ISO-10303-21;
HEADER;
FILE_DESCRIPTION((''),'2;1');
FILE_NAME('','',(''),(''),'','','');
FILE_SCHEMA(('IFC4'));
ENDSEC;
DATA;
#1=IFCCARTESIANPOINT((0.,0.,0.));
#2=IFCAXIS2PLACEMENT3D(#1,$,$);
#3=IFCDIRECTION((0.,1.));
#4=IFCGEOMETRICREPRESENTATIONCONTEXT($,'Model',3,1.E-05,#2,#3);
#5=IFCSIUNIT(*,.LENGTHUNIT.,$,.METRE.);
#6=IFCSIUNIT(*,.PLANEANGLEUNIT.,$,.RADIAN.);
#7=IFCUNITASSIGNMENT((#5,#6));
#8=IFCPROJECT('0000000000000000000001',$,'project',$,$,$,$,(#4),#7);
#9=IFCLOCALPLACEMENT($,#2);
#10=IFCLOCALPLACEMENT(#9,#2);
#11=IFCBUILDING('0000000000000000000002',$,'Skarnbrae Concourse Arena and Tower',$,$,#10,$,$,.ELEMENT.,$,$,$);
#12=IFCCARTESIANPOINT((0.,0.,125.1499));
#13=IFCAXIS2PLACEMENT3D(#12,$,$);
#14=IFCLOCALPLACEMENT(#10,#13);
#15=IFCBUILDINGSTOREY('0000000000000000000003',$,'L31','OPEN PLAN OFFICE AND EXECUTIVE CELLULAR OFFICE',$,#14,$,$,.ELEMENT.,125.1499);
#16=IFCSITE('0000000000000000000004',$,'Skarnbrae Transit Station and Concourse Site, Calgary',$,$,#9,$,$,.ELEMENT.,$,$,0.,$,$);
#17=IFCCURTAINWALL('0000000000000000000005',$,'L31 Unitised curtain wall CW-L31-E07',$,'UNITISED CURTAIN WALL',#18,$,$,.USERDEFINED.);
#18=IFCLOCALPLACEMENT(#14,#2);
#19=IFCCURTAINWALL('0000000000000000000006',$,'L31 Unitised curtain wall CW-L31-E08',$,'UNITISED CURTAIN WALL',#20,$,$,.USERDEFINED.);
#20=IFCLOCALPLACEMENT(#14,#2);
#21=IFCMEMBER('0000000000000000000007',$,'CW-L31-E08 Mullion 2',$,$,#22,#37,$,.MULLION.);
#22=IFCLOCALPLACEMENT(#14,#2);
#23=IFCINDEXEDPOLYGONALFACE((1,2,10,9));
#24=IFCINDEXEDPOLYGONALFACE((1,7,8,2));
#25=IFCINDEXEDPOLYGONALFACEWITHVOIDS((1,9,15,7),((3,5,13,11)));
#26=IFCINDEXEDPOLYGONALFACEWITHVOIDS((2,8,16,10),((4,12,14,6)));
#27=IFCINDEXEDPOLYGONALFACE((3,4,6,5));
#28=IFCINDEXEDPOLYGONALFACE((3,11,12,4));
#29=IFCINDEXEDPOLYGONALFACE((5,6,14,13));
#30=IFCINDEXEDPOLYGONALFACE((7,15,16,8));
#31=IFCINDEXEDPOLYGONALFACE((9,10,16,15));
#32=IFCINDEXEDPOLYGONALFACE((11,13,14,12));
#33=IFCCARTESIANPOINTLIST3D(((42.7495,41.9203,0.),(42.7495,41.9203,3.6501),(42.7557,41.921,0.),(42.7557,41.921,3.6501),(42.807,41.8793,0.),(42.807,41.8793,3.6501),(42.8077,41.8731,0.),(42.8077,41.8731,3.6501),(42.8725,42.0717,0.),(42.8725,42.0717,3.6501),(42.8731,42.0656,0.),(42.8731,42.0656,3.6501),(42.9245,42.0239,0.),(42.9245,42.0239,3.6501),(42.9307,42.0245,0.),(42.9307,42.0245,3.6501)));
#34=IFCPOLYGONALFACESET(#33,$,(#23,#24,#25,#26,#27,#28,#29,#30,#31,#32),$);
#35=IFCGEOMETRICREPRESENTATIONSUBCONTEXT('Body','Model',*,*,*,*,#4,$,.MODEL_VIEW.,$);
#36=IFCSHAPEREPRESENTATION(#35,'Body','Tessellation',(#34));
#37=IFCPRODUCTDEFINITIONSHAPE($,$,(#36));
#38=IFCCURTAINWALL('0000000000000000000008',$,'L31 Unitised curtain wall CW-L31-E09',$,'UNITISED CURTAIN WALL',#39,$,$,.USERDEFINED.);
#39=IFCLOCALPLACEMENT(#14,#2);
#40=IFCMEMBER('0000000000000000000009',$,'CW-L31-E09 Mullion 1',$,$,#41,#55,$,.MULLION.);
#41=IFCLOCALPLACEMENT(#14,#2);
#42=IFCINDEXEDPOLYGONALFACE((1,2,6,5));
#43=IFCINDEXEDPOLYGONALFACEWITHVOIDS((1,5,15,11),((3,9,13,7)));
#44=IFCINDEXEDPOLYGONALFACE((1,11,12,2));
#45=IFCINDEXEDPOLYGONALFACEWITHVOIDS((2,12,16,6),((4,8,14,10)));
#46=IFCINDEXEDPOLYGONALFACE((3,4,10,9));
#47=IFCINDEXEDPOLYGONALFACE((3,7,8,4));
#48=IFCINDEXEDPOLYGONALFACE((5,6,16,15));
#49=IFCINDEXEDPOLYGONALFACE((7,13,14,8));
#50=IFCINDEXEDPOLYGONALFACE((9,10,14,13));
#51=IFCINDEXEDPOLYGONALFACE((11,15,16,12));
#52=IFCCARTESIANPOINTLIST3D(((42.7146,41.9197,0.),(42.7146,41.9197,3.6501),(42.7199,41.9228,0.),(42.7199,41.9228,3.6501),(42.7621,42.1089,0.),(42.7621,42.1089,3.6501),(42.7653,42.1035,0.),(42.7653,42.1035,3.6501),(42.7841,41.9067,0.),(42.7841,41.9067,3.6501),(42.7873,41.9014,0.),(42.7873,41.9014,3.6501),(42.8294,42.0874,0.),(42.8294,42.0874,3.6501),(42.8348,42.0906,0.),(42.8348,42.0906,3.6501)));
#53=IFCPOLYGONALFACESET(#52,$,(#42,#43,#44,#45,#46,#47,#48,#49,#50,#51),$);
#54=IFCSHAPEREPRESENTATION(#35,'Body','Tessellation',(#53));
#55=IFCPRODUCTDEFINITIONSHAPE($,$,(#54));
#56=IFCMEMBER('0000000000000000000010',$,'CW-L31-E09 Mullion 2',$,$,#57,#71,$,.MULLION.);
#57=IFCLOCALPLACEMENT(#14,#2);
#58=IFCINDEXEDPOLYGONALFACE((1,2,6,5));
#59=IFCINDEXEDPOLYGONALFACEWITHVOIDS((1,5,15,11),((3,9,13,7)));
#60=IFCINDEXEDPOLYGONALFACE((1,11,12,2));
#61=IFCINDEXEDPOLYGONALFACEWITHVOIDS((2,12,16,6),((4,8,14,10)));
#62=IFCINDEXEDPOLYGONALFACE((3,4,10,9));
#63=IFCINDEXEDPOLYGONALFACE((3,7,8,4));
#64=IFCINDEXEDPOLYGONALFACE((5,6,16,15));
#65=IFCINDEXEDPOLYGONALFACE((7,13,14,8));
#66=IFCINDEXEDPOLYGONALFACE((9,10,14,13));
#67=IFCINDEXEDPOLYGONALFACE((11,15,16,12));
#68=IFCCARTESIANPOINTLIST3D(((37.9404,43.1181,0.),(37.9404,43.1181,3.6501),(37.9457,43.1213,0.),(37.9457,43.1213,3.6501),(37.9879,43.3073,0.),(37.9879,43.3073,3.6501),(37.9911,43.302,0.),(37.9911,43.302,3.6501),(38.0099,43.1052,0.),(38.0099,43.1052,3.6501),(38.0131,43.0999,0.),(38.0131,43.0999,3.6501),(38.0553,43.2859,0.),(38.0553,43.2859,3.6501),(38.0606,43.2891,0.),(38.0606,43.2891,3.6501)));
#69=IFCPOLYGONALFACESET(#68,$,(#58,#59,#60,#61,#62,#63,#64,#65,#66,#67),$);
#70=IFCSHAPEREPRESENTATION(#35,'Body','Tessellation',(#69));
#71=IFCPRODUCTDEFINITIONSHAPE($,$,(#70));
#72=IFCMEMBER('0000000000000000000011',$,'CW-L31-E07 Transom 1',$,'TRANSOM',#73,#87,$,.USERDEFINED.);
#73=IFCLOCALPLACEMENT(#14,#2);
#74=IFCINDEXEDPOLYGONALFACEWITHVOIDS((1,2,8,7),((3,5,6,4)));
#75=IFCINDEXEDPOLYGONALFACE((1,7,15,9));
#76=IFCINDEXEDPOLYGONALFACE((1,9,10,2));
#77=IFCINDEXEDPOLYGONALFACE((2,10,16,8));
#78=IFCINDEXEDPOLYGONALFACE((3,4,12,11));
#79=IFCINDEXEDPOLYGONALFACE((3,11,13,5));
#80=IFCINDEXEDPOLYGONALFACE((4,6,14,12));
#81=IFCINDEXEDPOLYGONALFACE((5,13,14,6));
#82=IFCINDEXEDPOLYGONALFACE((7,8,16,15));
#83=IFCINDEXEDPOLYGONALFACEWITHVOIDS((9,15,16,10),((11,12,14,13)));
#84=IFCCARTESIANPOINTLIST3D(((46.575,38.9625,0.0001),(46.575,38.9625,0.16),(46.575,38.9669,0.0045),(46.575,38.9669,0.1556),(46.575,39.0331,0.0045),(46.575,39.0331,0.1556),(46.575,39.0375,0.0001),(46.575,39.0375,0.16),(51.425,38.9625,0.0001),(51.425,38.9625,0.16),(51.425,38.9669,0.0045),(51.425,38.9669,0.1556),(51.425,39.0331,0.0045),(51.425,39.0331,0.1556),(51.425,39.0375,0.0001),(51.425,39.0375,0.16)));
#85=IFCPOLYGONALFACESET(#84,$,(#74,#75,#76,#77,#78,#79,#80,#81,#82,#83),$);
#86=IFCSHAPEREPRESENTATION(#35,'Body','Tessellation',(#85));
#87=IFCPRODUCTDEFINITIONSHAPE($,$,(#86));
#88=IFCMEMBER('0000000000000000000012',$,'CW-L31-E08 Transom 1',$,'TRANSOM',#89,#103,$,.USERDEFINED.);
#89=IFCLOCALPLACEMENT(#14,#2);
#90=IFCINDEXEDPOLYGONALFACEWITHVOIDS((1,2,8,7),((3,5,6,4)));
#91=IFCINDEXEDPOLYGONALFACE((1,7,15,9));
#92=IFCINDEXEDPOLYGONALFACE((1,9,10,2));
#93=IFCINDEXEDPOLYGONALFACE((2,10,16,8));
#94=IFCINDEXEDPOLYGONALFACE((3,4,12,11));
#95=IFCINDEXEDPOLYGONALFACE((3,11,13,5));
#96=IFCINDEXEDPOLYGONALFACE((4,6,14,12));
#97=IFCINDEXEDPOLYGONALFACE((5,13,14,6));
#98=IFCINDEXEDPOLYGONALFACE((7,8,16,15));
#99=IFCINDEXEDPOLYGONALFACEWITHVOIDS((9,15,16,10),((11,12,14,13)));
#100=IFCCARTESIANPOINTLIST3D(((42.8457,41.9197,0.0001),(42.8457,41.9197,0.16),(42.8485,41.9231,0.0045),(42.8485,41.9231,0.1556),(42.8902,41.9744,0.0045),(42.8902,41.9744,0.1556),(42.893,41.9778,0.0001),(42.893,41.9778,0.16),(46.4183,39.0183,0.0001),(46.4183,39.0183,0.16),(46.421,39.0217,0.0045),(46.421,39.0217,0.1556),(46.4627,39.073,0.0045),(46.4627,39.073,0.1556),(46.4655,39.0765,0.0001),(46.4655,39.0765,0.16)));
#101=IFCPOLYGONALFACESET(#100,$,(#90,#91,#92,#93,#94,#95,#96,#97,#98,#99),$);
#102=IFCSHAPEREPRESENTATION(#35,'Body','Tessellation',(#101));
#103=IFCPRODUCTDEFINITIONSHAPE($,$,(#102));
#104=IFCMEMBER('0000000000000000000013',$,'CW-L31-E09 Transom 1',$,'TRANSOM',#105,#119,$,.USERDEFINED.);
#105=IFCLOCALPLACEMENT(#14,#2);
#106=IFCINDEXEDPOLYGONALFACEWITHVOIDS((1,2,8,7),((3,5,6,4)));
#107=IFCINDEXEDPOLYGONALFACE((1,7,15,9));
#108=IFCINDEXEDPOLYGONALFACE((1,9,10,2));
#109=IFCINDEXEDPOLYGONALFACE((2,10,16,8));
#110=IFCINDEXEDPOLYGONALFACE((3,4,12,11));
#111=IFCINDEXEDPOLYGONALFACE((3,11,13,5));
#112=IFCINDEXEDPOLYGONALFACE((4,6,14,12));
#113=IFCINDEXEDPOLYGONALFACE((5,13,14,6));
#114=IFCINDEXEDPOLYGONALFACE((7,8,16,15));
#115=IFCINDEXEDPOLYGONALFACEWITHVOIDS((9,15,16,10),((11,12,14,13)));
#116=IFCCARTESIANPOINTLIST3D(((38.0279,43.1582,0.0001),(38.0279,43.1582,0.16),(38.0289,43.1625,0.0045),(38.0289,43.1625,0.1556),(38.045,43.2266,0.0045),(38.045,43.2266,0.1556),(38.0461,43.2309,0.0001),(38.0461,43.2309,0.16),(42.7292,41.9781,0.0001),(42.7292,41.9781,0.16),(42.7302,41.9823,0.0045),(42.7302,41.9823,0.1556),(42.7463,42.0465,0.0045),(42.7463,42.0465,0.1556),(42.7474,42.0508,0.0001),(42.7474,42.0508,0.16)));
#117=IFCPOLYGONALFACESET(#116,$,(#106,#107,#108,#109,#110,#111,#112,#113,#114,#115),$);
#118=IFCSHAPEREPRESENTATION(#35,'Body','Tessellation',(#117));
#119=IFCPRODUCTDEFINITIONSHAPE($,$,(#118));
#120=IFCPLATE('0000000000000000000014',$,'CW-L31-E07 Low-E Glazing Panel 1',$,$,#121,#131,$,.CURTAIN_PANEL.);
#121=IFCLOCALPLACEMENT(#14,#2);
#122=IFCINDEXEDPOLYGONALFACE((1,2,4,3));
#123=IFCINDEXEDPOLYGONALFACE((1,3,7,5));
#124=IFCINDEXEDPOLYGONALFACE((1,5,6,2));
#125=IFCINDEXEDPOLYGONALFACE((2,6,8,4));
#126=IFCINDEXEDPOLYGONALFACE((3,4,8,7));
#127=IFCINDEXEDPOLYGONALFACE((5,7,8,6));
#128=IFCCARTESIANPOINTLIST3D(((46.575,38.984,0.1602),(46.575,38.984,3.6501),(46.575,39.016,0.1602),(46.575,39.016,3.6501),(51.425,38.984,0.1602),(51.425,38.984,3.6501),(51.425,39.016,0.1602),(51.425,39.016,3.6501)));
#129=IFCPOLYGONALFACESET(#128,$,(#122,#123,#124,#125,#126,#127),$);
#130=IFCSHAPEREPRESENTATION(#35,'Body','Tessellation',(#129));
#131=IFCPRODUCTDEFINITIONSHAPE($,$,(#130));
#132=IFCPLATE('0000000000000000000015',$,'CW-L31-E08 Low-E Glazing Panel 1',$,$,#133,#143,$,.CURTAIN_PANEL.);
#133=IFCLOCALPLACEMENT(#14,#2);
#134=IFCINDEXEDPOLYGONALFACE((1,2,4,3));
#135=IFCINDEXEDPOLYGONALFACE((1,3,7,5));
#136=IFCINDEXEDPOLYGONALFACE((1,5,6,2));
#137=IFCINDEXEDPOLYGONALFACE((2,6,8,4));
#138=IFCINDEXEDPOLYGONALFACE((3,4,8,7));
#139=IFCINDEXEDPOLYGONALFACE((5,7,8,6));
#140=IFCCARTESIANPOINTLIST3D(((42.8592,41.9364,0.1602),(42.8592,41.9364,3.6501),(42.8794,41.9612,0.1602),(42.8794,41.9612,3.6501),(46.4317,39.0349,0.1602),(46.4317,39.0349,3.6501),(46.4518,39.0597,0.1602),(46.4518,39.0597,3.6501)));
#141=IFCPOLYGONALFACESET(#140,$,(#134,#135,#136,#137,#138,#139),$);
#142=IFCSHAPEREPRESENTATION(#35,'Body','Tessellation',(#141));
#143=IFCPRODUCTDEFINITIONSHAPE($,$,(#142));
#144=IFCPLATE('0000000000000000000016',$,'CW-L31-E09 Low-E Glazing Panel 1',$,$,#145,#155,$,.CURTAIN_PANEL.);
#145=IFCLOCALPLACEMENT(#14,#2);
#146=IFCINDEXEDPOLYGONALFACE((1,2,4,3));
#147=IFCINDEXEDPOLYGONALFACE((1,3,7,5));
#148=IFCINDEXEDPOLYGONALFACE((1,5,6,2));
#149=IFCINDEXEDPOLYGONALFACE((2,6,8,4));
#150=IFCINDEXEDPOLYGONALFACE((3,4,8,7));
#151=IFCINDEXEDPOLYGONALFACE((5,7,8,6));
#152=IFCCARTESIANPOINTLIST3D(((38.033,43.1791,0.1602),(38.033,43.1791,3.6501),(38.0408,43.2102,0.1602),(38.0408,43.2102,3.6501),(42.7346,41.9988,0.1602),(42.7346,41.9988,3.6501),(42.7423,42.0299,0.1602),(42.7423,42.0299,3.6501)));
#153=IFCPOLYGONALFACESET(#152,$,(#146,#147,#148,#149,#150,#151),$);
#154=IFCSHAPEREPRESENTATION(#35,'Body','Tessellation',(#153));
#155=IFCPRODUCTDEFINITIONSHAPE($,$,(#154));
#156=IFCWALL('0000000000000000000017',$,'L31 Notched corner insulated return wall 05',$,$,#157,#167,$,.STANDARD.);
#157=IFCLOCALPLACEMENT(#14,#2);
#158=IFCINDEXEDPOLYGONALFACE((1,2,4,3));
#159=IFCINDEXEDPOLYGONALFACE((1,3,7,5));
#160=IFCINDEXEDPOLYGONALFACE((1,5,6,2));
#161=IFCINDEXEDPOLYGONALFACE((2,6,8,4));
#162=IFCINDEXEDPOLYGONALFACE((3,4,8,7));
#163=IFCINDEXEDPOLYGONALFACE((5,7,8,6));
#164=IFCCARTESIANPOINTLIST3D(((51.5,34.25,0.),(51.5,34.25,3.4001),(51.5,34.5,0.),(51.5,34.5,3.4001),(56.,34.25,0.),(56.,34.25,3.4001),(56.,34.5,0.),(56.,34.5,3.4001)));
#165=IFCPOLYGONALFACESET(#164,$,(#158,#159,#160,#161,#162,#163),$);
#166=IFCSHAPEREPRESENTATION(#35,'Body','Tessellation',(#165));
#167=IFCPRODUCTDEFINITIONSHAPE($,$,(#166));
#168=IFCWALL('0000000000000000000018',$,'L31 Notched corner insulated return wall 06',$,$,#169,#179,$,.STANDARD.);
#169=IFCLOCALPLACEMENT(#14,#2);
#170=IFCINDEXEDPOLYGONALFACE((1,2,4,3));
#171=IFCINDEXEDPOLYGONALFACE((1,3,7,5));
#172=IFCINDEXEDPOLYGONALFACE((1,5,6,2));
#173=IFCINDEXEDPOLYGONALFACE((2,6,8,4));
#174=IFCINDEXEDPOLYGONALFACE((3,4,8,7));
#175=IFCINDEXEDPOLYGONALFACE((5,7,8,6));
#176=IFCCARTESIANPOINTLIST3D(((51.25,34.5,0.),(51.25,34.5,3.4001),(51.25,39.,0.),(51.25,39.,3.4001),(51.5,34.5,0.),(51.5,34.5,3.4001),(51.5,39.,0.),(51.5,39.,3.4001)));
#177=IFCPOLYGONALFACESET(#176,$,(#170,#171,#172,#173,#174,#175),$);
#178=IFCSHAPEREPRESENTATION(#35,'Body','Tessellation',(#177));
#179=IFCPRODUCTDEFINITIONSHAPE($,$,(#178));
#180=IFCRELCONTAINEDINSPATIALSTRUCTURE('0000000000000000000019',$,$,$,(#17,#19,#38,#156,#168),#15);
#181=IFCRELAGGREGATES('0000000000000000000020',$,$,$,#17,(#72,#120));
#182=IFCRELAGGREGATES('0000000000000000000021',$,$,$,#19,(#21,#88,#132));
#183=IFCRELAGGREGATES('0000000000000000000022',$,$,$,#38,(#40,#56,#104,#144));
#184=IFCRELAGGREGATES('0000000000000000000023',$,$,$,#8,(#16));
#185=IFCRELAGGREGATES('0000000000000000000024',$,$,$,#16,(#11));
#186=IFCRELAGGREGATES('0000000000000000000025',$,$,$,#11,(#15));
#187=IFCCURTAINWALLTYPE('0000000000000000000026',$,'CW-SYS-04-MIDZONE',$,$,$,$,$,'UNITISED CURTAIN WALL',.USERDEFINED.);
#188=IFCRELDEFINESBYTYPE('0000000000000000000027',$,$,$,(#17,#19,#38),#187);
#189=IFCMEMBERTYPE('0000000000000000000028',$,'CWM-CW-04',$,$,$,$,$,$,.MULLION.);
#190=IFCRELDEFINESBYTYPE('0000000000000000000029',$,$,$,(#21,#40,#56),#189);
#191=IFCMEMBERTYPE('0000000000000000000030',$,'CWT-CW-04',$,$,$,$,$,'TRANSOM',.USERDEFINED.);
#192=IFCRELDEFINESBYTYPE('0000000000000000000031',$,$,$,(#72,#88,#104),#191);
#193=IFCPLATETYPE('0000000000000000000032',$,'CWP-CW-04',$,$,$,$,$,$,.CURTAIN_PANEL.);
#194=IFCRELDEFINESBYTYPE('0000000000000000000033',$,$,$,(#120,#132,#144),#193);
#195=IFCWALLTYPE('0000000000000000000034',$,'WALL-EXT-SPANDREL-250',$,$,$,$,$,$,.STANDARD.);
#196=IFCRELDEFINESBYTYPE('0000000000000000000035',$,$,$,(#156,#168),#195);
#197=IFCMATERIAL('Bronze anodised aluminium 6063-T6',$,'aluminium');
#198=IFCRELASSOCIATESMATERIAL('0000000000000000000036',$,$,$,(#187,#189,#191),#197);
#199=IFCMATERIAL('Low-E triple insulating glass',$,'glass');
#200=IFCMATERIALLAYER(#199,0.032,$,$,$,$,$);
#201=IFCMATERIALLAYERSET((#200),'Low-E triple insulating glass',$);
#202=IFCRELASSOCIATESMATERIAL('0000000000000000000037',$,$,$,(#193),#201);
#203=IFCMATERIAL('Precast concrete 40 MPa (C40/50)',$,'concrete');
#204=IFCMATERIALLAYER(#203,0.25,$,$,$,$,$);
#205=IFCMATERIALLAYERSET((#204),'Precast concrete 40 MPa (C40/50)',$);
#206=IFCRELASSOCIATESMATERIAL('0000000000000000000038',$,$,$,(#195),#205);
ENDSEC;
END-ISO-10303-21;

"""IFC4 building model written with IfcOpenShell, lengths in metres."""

from ifc_helpers import new_model, si_unit, direction, frame, frame_2d, origin, origin_2d, place, context, subcontext, project, spatial, rectangle, hollow_rectangle, extrude, source, transform, mapped, material, layer, layer_set, material_profile, profile_set, type_object, element, aggregate, save


model = new_model("IFC4")

# Units and contexts
model_context = context("Model", 3, precision=1e-05, world=origin(), true_north=direction((0.0, 1.0)))
body_context = subcontext(model_context, "Body", "Model", "MODEL_VIEW")
ifc_project = project(units=[si_unit("LENGTHUNIT", "METRE"), si_unit("PLANEANGLEUNIT", "RADIAN")], contexts=[model_context])

# Site, building, storey
site_placement = place(None, origin())
site = spatial("IfcSite", under=ifc_project, at=site_placement, Name="Skarnbrae Transit Station and Concourse Site, Calgary", CompositionType="ELEMENT", RefElevation=0.0)
building_placement = place(site_placement, origin())
building = spatial("IfcBuilding", under=site, at=building_placement, Name="Skarnbrae Concourse Arena and Tower", CompositionType="ELEMENT")
storey_placement = place(building_placement, frame((0.0, 0.0, 125.1499)))
storey = spatial("IfcBuildingStorey", under=building, at=storey_placement, Name="L31", Description="OPEN PLAN OFFICE AND EXECUTIVE CELLULAR OFFICE", CompositionType="ELEMENT", Elevation=125.1499)

# Shared definitions
ifc_material_1 = material(Name="Bronze anodised aluminium 6063-T6", Category="aluminium")
curtain_wall_type = type_object("IfcCurtainWallType", Name="CW-SYS-04-MIDZONE", ElementType="UNITISED CURTAIN WALL", PredefinedType="USERDEFINED", material=ifc_material_1)
ifc_material_profile_1 = material_profile(ifc_material_1, hollow_rectangle(XDim=0.075, YDim=0.1951, WallThickness=0.0044, at=origin_2d()), Name="ALU-MULL-75X195")
ifc_profile_set_1 = profile_set([ifc_material_profile_1], Name="Bronze anodised aluminium 6063-T6")
member_type_1 = type_object("IfcMemberType", Name="CWM-CW-04", PredefinedType="MULLION", material=ifc_profile_set_1)
shared_shape_1 = source(origin(), body_context, "Body", "SweptSolid", [
    extrude(hollow_rectangle(XDim=0.075, YDim=0.1951, WallThickness=0.0044, at=origin_2d()), origin(), (0.0, 0.0, 1.0), 3.6501),
])

# Curtain walls, members
curtain_wall_1_placement = place(storey_placement, origin())
curtain_wall_1 = element("IfcCurtainWall", 1, at=curtain_wall_1_placement, inside=storey, type_object=curtain_wall_type, Name="L31 Unitised curtain wall CW-L31-E07", ObjectType="UNITISED CURTAIN WALL", PredefinedType="USERDEFINED")
curtain_wall_2_placement = place(storey_placement, origin())
curtain_wall_2 = element("IfcCurtainWall", 2, at=curtain_wall_2_placement, inside=storey, type_object=curtain_wall_type, Name="L31 Unitised curtain wall CW-L31-E08", ObjectType="UNITISED CURTAIN WALL", PredefinedType="USERDEFINED")
member_1_placement = place(storey_placement, frame((42.8401, 41.9724, 0.0), z_axis=(0.0, 0.0, 1.0), x_axis=(-0.776241, 0.630436, 0.0)))
member_1 = element("IfcMember", 3, at=member_1_placement, type_object=member_type_1, Name="CW-L31-E08 Mullion 2", PredefinedType="MULLION", context=body_context, shape_type="MappedRepresentation", body=[
    mapped(shared_shape_1, transform((0.0, 0.0, 0.0))),
])
curtain_wall_3_placement = place(storey_placement, origin())
curtain_wall_3 = element("IfcCurtainWall", 4, at=curtain_wall_3_placement, inside=storey, type_object=curtain_wall_type, Name="L31 Unitised curtain wall CW-L31-E09", ObjectType="UNITISED CURTAIN WALL", PredefinedType="USERDEFINED")
member_2_placement = place(storey_placement, frame((42.7747, 42.0051, 0.0), z_axis=(0.0, 0.0, 1.0), x_axis=(-0.969903, 0.243491, 0.0)))
member_2 = element("IfcMember", 5, at=member_2_placement, type_object=member_type_1, Name="CW-L31-E09 Mullion 1", PredefinedType="MULLION", context=body_context, shape_type="MappedRepresentation", body=[
    mapped(shared_shape_1, transform((0.0, 0.0, 0.0))),
])
member_3_placement = place(storey_placement, frame((38.0005, 43.2036, 0.0), z_axis=(0.0, 0.0, 1.0), x_axis=(-0.969903, 0.243491, 0.0)))
member_3 = element("IfcMember", 6, at=member_3_placement, type_object=member_type_1, Name="CW-L31-E09 Mullion 2", PredefinedType="MULLION", context=body_context, shape_type="MappedRepresentation", body=[
    mapped(shared_shape_1, transform((0.0, 0.0, 0.0))),
])

# Members
ifc_material_profile_2 = material_profile(ifc_material_1, hollow_rectangle(XDim=0.075, YDim=0.1599, WallThickness=0.0044, at=origin_2d()), Name="ALU-TRAN-75X160")
ifc_profile_set_2 = profile_set([ifc_material_profile_2], Name="Bronze anodised aluminium 6063-T6")
member_type_2 = type_object("IfcMemberType", Name="CWT-CW-04", ElementType="TRANSOM", PredefinedType="USERDEFINED", material=ifc_profile_set_2)
shared_shape_2 = source(origin(), body_context, "Body", "SweptSolid", [
    extrude(hollow_rectangle(XDim=0.075, YDim=0.1599, WallThickness=0.0044, at=origin_2d()), origin(), (0.0, 0.0, 1.0), 4.8501),
])
member_4_placement = place(storey_placement, frame((51.425, 39.0, 0.0801), z_axis=(-1.0, 0.0, 0.0), x_axis=(0.0, -1.0, 0.0)))
member_4 = element("IfcMember", 7, at=member_4_placement, type_object=member_type_2, Name="CW-L31-E07 Transom 1", ObjectType="TRANSOM", PredefinedType="USERDEFINED", context=body_context, shape_type="MappedRepresentation", body=[
    mapped(shared_shape_2, transform((0.0, 0.0, 0.0))),
])
shared_shape_3 = source(origin(), body_context, "Body", "SweptSolid", [
    extrude(hollow_rectangle(XDim=0.075, YDim=0.1599, WallThickness=0.0044, at=origin_2d()), origin(), (0.0, 0.0, 1.0), 4.6023),
])
member_5_placement = place(storey_placement, frame((46.4419, 39.0474, 0.0801), z_axis=(-0.776252, 0.630423, 0.0), x_axis=(-0.630423, -0.776252, 0.0)))
member_5 = element("IfcMember", 8, at=member_5_placement, type_object=member_type_2, Name="CW-L31-E08 Transom 1", ObjectType="TRANSOM", PredefinedType="USERDEFINED", context=body_context, shape_type="MappedRepresentation", body=[
    mapped(shared_shape_3, transform((0.0, 0.0, 0.0))),
])
shared_shape_4 = source(origin(), body_context, "Body", "SweptSolid", [
    extrude(hollow_rectangle(XDim=0.075, YDim=0.1599, WallThickness=0.0044, at=origin_2d()), origin(), (0.0, 0.0, 1.0), 4.8472),
])
member_6_placement = place(storey_placement, frame((42.7383, 42.0144, 0.0801), z_axis=(-0.969908, 0.243472, 0.0), x_axis=(-0.243472, -0.969908, 0.0)))
member_6 = element("IfcMember", 9, at=member_6_placement, type_object=member_type_2, Name="CW-L31-E09 Transom 1", ObjectType="TRANSOM", PredefinedType="USERDEFINED", context=body_context, shape_type="MappedRepresentation", body=[
    mapped(shared_shape_4, transform((0.0, 0.0, 0.0))),
])

# Plates
ifc_material_2 = material(Name="Low-E triple insulating glass", Category="glass")
ifc_layer_1 = layer(ifc_material_2, 0.032)
ifc_layer_set_1 = layer_set([ifc_layer_1], Name="Low-E triple insulating glass")
plate_type = type_object("IfcPlateType", Name="CWP-CW-04", PredefinedType="CURTAIN_PANEL", material=ifc_layer_set_1)
shared_shape_5 = source(origin(), body_context, "Body", "SweptSolid", [
    extrude(rectangle(XDim=4.8501, YDim=0.032, at=origin_2d()), origin(), (0.0, 0.0, 1.0), 3.49),
])
plate_1_placement = place(storey_placement, frame((49.0, 39.0, 0.1602), z_axis=(0.0, 0.0, 1.0), x_axis=(-1.0, 0.0, 0.0)))
plate_1 = element("IfcPlate", 10, at=plate_1_placement, type_object=plate_type, Name="CW-L31-E07 Low-E Glazing Panel 1", PredefinedType="CURTAIN_PANEL", context=body_context, shape_type="MappedRepresentation", body=[
    mapped(shared_shape_5, transform((0.0, 0.0, 0.0))),
])
aggregate(curtain_wall_1, [member_4, plate_1])
shared_shape_6 = source(origin(), body_context, "Body", "SweptSolid", [
    extrude(rectangle(XDim=4.6023, YDim=0.032, at=origin_2d()), origin(), (0.0, 0.0, 1.0), 3.49),
])
plate_2_placement = place(storey_placement, frame((44.6555, 40.498, 0.1602), z_axis=(0.0, 0.0, 1.0), x_axis=(-0.776241, 0.630436, 0.0)))
plate_2 = element("IfcPlate", 11, at=plate_2_placement, type_object=plate_type, Name="CW-L31-E08 Low-E Glazing Panel 1", PredefinedType="CURTAIN_PANEL", context=body_context, shape_type="MappedRepresentation", body=[
    mapped(shared_shape_6, transform((0.0, 0.0, 0.0))),
])
aggregate(curtain_wall_2, [member_1, member_5, plate_2])
shared_shape_7 = source(origin(), body_context, "Body", "SweptSolid", [
    extrude(rectangle(XDim=4.8474, YDim=0.032, at=origin_2d()), origin(), (0.0, 0.0, 1.0), 3.49),
])
plate_3_placement = place(storey_placement, frame((40.3877, 42.6045, 0.1602), z_axis=(0.0, 0.0, 1.0), x_axis=(-0.969903, 0.243491, 0.0)))
plate_3 = element("IfcPlate", 12, at=plate_3_placement, type_object=plate_type, Name="CW-L31-E09 Low-E Glazing Panel 1", PredefinedType="CURTAIN_PANEL", context=body_context, shape_type="MappedRepresentation", body=[
    mapped(shared_shape_7, transform((0.0, 0.0, 0.0))),
])
aggregate(curtain_wall_3, [member_2, member_3, member_6, plate_3])

# Walls
ifc_material_3 = material(Name="Precast concrete 40 MPa (C40/50)", Category="concrete")
ifc_layer_2 = layer(ifc_material_3, 0.25)
ifc_layer_set_2 = layer_set([ifc_layer_2], Name="Precast concrete 40 MPa (C40/50)")
wall_type = type_object("IfcWallType", Name="WALL-EXT-SPANDREL-250", PredefinedType="STANDARD", material=ifc_layer_set_2)
shared_shape_8 = source(origin(), body_context, "Body", "SweptSolid", [
    extrude(rectangle(XDim=4.5, YDim=0.25, at=frame_2d((2.25, 0.0))), origin(), (0.0, 0.0, 1.0), 3.4001),
])
for number, where, z_axis, x_axis, name in (
    (13, (56.0, 34.375, 0.0), (0.0, 0.0, 1.0), (-1.0, 0.0, 0.0), "L31 Notched corner insulated return wall 05"),
    (14, (51.375, 34.5, 0.0), (0.0, 0.0, 1.0), (0.0, 1.0, 0.0), "L31 Notched corner insulated return wall 06"),
):
    element("IfcWall", number, at=place(storey_placement, frame(where, z_axis=z_axis, x_axis=x_axis)), inside=storey, type_object=wall_type, Name=name, PredefinedType="STANDARD", context=body_context, shape_type="MappedRepresentation", body=[
        mapped(shared_shape_8, transform((0.0, 0.0, 0.0))),
    ])

save(model, "model.ifc")
